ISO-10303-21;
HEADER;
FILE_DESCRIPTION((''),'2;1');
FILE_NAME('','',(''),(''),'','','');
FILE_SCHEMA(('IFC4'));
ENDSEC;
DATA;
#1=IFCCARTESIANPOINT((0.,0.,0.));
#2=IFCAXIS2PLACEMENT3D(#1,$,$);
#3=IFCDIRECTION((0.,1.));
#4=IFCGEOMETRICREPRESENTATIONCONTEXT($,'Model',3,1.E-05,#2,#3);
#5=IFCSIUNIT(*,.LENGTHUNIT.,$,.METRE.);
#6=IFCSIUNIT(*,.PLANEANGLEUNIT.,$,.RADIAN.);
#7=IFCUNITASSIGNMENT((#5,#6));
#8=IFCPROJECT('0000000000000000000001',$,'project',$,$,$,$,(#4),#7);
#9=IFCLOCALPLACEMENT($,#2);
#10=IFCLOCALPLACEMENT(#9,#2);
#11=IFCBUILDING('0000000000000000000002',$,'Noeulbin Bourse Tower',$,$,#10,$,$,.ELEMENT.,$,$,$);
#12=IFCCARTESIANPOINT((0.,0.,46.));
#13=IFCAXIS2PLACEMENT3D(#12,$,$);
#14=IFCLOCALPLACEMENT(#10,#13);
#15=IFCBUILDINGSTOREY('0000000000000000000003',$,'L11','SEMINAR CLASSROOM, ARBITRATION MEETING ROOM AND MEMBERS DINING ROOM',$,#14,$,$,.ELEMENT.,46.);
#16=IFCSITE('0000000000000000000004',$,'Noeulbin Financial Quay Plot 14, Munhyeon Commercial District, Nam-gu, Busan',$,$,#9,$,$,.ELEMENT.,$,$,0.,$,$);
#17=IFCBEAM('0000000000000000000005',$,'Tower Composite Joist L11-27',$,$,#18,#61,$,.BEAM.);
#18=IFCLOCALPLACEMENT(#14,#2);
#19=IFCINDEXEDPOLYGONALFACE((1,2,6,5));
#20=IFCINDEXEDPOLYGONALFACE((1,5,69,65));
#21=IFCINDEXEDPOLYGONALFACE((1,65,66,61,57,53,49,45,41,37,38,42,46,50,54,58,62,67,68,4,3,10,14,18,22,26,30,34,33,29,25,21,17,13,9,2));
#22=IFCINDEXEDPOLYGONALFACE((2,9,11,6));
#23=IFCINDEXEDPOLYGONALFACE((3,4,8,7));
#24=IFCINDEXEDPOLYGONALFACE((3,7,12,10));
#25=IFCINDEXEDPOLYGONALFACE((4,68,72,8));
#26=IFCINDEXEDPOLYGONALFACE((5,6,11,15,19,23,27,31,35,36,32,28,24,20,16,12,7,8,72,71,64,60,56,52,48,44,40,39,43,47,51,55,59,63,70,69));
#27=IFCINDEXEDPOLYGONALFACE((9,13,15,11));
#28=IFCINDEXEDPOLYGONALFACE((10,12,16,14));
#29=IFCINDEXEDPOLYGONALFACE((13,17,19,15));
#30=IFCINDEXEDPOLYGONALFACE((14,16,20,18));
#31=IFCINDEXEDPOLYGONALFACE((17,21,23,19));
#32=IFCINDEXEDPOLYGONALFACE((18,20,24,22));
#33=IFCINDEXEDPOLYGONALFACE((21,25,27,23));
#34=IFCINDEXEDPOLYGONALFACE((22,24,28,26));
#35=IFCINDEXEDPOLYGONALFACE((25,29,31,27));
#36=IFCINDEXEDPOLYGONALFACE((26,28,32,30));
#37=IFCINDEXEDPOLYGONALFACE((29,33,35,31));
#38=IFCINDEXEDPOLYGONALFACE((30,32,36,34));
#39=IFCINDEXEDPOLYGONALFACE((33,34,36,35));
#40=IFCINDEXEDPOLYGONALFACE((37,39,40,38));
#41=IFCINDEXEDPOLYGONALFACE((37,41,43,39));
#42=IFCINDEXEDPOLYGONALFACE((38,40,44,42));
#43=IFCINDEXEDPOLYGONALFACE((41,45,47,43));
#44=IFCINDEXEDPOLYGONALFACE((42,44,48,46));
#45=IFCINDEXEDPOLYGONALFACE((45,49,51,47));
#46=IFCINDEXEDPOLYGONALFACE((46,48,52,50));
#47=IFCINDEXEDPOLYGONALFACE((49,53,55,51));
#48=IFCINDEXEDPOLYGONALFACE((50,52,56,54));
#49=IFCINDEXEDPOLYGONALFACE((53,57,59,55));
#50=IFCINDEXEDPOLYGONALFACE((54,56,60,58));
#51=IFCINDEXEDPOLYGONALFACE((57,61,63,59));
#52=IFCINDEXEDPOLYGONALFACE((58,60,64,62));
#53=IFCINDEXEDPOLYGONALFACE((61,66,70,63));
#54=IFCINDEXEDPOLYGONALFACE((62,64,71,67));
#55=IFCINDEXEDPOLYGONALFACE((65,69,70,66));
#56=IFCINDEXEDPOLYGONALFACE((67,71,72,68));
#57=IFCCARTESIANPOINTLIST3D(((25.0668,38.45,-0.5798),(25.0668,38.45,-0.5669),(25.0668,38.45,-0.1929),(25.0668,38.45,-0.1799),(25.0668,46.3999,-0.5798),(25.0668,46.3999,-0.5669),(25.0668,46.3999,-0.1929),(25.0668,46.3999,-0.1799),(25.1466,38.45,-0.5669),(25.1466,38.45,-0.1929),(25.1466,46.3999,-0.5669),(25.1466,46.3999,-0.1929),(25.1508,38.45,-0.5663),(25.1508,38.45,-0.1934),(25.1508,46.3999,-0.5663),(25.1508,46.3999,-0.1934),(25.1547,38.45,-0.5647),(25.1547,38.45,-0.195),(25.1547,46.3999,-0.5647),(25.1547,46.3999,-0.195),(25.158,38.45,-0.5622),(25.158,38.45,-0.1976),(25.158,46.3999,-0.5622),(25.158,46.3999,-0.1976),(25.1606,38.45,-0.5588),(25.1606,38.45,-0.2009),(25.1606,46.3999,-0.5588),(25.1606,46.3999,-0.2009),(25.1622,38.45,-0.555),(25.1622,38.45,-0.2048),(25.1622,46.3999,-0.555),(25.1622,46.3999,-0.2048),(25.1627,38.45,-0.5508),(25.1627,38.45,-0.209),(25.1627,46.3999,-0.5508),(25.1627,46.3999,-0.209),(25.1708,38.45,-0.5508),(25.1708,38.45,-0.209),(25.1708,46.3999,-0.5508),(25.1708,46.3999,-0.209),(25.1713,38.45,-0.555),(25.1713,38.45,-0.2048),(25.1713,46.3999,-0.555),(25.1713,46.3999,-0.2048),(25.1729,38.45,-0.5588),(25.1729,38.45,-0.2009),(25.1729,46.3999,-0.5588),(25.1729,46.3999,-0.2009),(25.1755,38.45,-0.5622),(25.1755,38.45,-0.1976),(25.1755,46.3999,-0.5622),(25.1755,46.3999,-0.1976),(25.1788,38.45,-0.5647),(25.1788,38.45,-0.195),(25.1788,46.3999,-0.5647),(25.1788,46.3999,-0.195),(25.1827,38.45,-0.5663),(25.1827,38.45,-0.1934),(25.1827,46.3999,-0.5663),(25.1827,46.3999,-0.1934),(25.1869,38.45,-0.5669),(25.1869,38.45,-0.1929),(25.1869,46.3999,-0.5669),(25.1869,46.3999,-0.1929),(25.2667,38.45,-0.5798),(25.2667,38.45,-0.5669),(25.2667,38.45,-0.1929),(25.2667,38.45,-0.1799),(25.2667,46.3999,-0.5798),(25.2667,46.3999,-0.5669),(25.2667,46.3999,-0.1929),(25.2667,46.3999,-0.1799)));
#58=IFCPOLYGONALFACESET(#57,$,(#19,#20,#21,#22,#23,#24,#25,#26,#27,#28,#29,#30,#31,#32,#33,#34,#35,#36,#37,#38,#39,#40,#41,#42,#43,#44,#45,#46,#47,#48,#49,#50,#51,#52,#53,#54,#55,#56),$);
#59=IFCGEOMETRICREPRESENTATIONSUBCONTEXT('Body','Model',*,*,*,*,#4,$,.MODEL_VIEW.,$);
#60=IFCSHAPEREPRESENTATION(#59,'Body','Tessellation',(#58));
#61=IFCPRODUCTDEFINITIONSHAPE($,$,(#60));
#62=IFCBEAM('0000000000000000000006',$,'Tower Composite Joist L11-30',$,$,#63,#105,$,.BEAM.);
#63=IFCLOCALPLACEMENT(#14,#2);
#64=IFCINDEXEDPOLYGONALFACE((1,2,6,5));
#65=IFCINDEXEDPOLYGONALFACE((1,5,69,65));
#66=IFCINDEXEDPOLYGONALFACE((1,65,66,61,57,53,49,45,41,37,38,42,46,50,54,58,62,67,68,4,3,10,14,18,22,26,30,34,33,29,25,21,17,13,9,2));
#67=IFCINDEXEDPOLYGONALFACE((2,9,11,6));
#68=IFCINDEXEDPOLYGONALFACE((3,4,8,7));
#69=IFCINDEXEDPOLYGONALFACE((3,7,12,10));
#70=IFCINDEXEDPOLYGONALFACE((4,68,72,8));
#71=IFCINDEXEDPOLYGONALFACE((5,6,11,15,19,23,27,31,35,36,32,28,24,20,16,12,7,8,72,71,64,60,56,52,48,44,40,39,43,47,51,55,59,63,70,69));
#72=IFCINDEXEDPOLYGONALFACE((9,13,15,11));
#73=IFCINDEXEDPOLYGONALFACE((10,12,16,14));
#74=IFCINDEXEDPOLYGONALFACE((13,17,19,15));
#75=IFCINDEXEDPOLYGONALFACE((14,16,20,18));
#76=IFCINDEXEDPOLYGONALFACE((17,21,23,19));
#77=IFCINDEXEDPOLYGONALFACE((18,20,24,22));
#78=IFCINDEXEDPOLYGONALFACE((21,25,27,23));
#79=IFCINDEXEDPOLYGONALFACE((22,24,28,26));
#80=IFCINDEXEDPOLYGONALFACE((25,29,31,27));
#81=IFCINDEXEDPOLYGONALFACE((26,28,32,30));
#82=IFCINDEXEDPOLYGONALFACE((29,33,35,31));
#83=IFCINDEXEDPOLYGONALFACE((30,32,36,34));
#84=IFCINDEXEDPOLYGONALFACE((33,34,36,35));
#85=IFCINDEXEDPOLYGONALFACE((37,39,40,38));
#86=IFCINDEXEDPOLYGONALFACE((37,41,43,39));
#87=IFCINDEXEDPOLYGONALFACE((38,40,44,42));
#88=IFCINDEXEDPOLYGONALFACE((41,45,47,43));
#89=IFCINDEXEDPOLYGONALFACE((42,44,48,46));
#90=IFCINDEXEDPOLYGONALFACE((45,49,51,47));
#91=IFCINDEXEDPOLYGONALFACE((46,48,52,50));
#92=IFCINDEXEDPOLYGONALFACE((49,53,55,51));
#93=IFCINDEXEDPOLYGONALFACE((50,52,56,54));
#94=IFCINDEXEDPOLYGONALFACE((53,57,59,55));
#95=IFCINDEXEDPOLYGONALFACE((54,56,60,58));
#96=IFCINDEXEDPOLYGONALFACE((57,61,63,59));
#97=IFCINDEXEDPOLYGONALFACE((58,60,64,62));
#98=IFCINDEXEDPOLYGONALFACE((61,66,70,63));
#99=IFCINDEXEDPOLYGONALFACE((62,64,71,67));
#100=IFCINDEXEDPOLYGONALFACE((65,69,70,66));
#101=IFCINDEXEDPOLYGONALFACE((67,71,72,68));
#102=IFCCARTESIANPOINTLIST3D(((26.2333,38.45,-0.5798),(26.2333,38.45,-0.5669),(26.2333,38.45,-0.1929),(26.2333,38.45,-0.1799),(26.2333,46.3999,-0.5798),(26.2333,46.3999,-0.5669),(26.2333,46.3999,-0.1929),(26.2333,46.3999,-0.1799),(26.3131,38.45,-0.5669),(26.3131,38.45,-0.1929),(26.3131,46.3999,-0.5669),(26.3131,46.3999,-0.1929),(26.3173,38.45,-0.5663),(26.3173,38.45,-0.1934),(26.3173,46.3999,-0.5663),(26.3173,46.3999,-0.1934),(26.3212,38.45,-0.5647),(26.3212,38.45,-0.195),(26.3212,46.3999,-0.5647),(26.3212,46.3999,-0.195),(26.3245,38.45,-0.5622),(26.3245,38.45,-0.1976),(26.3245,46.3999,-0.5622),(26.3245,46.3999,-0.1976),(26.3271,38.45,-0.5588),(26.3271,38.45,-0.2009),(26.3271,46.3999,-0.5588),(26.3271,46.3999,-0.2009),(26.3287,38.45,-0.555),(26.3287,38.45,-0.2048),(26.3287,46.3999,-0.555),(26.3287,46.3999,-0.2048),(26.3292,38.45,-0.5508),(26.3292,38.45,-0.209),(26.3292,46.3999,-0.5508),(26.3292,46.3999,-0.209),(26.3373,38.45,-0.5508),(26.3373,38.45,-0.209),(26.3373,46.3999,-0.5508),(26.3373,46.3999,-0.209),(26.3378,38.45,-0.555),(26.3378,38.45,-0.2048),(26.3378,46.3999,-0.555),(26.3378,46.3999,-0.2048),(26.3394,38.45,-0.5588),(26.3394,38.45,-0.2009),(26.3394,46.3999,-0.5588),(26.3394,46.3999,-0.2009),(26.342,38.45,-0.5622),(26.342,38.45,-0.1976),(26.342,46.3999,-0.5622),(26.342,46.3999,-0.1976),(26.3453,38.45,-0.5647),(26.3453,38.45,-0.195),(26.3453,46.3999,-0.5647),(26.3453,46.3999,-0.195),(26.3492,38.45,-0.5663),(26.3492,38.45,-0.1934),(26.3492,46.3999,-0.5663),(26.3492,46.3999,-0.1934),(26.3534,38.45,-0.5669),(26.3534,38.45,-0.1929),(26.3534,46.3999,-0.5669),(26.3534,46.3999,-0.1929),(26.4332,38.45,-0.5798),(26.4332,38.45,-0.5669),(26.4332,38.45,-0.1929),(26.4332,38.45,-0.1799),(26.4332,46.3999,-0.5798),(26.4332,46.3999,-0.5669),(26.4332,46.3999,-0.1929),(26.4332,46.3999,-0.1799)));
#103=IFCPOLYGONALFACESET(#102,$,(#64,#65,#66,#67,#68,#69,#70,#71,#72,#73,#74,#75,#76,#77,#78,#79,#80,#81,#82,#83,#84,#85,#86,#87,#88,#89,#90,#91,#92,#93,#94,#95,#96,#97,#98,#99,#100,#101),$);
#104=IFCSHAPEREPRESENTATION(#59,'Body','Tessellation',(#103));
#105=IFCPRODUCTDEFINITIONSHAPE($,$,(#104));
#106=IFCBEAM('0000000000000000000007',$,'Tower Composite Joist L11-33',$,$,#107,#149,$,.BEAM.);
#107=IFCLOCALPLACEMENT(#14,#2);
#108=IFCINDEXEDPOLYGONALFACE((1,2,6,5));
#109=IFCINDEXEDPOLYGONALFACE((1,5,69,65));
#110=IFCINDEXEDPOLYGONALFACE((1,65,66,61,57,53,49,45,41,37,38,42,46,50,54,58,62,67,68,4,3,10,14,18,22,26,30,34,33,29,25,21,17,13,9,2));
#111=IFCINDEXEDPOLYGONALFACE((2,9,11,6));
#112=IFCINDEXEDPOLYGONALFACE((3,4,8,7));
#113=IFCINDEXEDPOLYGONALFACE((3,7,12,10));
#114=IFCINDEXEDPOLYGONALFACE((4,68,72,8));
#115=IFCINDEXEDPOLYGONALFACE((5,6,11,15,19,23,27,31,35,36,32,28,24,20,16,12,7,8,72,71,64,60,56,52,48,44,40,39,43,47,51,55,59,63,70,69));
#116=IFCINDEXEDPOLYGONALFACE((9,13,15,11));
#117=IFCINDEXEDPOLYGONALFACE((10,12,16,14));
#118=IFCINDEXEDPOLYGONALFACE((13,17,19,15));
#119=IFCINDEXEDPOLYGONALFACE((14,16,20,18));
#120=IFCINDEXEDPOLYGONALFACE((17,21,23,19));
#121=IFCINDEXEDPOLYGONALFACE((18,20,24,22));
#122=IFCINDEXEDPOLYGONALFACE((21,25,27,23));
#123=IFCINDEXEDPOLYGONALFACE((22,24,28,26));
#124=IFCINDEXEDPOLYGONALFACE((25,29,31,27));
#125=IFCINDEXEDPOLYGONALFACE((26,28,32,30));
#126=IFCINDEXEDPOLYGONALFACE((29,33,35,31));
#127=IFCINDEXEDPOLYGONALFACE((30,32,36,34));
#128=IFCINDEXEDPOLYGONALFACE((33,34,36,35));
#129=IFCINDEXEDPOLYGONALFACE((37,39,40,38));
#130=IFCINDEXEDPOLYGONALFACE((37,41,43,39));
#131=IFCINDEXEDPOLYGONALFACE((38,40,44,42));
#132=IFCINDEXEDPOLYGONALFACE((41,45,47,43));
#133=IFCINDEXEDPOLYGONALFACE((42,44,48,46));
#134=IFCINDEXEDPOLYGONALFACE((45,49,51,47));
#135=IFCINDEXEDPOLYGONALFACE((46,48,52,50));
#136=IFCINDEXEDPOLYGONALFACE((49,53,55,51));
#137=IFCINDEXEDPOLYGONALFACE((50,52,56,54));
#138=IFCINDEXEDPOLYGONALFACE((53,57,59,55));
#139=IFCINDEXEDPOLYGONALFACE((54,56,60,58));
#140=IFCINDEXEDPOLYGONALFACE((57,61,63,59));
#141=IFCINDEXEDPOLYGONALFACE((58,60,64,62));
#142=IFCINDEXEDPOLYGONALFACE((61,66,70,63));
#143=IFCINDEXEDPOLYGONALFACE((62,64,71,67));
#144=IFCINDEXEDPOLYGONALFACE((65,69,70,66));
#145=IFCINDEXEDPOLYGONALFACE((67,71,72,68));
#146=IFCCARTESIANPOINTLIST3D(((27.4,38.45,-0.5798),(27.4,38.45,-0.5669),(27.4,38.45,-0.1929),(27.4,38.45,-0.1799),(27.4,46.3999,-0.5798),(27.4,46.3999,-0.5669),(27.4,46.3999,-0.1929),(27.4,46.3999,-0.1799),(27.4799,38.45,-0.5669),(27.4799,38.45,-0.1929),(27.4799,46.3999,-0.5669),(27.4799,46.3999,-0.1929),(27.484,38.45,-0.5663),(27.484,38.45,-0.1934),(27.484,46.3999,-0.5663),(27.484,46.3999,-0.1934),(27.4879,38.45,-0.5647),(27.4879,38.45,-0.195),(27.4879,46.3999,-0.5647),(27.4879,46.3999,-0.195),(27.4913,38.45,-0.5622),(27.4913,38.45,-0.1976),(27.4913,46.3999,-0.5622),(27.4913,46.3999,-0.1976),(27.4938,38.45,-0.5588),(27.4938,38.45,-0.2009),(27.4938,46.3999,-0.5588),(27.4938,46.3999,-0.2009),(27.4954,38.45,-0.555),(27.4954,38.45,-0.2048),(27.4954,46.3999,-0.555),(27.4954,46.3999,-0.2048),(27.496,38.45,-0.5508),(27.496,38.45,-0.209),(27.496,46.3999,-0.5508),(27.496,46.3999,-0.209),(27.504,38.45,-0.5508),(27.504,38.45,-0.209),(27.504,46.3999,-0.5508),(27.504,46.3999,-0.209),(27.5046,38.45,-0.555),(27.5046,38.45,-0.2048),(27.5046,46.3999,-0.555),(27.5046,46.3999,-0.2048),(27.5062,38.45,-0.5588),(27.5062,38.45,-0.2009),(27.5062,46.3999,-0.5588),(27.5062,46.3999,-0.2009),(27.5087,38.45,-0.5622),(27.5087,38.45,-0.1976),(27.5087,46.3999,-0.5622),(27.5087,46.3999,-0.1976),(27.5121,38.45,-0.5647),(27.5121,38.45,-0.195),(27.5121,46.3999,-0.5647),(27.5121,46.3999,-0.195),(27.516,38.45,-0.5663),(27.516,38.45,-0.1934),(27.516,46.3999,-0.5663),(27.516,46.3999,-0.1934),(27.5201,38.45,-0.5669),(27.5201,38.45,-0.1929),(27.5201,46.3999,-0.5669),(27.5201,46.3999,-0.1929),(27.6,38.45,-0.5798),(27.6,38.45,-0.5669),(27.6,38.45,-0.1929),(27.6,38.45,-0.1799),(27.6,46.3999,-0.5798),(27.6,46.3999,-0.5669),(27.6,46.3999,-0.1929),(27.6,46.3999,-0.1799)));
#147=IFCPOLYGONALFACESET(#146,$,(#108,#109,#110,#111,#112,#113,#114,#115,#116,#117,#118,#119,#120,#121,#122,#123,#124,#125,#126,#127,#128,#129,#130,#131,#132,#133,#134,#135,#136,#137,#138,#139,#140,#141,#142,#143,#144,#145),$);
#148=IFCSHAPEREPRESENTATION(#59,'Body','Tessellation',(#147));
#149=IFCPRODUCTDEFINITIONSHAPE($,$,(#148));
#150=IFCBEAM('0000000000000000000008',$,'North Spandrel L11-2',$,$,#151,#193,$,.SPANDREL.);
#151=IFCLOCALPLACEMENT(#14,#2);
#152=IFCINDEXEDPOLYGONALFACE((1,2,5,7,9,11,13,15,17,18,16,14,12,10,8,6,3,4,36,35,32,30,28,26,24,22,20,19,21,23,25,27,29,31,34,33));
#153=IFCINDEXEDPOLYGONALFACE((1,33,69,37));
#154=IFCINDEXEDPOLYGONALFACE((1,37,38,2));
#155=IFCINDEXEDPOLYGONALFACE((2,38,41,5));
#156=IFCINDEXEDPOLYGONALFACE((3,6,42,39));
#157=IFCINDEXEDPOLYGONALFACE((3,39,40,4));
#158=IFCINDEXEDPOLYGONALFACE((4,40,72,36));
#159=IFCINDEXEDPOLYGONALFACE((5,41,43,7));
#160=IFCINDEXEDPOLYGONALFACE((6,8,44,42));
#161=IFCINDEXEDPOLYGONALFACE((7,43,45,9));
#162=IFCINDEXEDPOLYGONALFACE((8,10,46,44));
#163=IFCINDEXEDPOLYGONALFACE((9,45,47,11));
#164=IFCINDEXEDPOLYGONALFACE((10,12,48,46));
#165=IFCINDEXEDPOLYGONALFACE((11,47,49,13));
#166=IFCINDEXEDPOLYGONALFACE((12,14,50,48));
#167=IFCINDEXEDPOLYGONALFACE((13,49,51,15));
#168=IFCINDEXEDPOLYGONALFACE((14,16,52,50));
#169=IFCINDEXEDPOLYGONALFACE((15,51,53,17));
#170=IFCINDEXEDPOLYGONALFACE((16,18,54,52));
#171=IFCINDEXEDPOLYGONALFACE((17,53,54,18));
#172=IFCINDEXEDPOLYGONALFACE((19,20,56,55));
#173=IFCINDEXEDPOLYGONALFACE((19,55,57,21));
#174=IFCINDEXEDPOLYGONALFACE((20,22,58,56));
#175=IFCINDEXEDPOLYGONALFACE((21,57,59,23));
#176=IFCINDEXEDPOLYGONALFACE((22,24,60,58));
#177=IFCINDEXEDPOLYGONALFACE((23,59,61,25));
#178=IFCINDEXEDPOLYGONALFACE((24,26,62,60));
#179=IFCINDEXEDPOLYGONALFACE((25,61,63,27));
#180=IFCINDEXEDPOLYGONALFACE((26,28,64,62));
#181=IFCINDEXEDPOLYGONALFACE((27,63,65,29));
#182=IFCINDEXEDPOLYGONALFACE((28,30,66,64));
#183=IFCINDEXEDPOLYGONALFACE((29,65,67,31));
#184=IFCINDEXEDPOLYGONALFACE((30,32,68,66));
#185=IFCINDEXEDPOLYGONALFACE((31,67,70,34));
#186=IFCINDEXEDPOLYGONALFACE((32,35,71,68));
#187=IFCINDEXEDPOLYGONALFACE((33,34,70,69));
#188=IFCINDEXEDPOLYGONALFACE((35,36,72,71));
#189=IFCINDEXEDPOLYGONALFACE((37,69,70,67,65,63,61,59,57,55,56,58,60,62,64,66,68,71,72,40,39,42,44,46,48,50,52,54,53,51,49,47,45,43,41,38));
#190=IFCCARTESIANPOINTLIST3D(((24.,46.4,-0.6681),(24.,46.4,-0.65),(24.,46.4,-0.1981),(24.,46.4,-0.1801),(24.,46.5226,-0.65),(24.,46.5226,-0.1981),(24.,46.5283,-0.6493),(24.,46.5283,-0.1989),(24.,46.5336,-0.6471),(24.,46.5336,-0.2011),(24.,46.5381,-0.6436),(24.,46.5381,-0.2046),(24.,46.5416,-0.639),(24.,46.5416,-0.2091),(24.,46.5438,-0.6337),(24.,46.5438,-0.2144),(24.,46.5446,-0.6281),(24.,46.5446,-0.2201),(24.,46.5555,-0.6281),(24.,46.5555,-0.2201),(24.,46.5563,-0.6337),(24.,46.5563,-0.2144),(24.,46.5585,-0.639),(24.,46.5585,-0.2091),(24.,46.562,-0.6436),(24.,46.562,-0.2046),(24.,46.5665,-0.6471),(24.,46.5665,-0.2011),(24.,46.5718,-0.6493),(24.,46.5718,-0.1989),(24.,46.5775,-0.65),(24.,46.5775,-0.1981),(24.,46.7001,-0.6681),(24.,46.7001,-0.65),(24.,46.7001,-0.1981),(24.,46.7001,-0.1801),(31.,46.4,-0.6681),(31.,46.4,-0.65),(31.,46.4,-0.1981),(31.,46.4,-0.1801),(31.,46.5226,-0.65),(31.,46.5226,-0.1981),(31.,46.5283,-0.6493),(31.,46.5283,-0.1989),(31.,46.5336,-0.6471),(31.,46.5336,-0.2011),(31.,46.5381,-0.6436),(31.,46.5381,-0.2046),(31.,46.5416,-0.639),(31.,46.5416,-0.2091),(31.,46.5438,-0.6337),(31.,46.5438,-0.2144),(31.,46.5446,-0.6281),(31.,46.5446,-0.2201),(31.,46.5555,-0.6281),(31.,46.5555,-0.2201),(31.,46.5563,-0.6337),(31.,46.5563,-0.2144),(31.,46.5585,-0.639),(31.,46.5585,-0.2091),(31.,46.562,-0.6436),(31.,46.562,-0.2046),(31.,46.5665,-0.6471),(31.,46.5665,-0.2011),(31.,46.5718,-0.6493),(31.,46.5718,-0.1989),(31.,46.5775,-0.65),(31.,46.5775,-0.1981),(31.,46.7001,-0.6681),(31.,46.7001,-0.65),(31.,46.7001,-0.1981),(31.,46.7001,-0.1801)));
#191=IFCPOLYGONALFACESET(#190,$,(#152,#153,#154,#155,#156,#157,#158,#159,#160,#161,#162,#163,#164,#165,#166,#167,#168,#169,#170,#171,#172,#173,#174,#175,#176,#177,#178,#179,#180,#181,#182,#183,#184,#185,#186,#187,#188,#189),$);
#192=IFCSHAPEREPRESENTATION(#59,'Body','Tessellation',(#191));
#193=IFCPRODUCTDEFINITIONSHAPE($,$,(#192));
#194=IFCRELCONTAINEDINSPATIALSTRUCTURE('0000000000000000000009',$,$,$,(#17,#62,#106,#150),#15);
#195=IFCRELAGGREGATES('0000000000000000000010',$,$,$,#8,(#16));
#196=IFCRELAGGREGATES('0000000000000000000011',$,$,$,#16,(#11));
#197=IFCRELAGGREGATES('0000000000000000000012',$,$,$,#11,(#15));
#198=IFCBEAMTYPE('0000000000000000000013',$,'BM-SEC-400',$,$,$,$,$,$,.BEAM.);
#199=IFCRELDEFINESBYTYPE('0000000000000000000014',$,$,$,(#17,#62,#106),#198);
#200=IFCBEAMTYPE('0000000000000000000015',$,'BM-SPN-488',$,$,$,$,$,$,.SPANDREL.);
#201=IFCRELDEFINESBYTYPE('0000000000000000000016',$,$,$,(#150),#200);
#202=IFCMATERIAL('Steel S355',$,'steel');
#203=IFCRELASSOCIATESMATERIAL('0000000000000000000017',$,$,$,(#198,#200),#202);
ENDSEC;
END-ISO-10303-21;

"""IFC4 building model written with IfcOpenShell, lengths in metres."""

from ifc_helpers import new_model, si_unit, direction, frame, origin, origin_2d, place, context, subcontext, project, spatial, i_section, extrude, material, material_profile, profile_set, type_object, element, save


model = new_model("IFC4")

# Units and contexts
model_context = context("Model", 3, precision=1e-05, world=origin(), true_north=direction((0.0, 1.0)))
body_context = subcontext(model_context, "Body", "Model", "MODEL_VIEW")
ifc_project = project(units=[si_unit("LENGTHUNIT", "METRE"), si_unit("PLANEANGLEUNIT", "RADIAN")], contexts=[model_context])

# Site, building, storey
site_placement = place(None, origin())
site = spatial("IfcSite", under=ifc_project, at=site_placement, Name="Noeulbin Financial Quay Plot 14, Munhyeon Commercial District, Nam-gu, Busan", CompositionType="ELEMENT", RefElevation=0.0)
building_placement = place(site_placement, origin())
building = spatial("IfcBuilding", under=site, at=building_placement, Name="Noeulbin Bourse Tower", CompositionType="ELEMENT")
storey_placement = place(building_placement, frame((0.0, 0.0, 46.0)))
storey = spatial("IfcBuildingStorey", under=building, at=storey_placement, Name="L11", Description="SEMINAR CLASSROOM, ARBITRATION MEETING ROOM AND MEMBERS DINING ROOM", CompositionType="ELEMENT", Elevation=46.0)

# Beams
ifc_material_1 = material(Name="Steel S355", Category="steel")
ifc_material_profile_1 = material_profile(ifc_material_1, i_section(OverallWidth=0.2, OverallDepth=0.3999, WebThickness=0.0081, FlangeThickness=0.0129, FilletRadius=0.0161, at=origin_2d()), Name="H-400x200x8x13", Category="LoadBearing")
ifc_profile_set_1 = profile_set([ifc_material_profile_1], Name="Steel S355")
beam_type_1 = type_object("IfcBeamType", Name="BM-SEC-400", PredefinedType="BEAM", material=ifc_profile_set_1)
for number, where, z_axis, x_axis, name in (
    (1, (25.1667, 38.45, -0.3799), (0.0, 1.0, 0.0), (-1.0, 0.0, 0.0), "Tower Composite Joist L11-27"),
    (2, (26.3333, 38.45, -0.3799), (0.0, 1.0, 0.0), (-1.0, 0.0, 0.0), "Tower Composite Joist L11-30"),
    (3, (27.5, 38.45, -0.3799), (0.0, 1.0, 0.0), (-1.0, 0.0, 0.0), "Tower Composite Joist L11-33"),
):
    element("IfcBeam", number, at=place(storey_placement, frame(where, z_axis=z_axis, x_axis=x_axis)), inside=storey, type_object=beam_type_1, Name=name, PredefinedType="BEAM", context=body_context, shape_type="SweptSolid", body=[
        extrude(i_section(OverallWidth=0.2, OverallDepth=0.3999, WebThickness=0.0081, FlangeThickness=0.0129, FilletRadius=0.0161, at=origin_2d()), origin(), (0.0, 0.0, 1.0), 7.95),
    ])
ifc_material_profile_2 = material_profile(ifc_material_1, i_section(OverallWidth=0.3, OverallDepth=0.488, WebThickness=0.011, FlangeThickness=0.0181, FilletRadius=0.022, at=origin_2d()), Name="H-488x300x11x18", Category="LoadBearing")
ifc_profile_set_2 = profile_set([ifc_material_profile_2], Name="Steel S355")
beam_type_2 = type_object("IfcBeamType", Name="BM-SPN-488", PredefinedType="SPANDREL", material=ifc_profile_set_2)
beam_1_placement = place(storey_placement, frame((24.0, 46.55, -0.4241), z_axis=(1.0, 0.0, 0.0), x_axis=(0.0, 1.0, 0.0)))
element("IfcBeam", 4, at=beam_1_placement, inside=storey, type_object=beam_type_2, Name="North Spandrel L11-2", PredefinedType="SPANDREL", context=body_context, shape_type="SweptSolid", body=[
    extrude(i_section(OverallWidth=0.3, OverallDepth=0.488, WebThickness=0.011, FlangeThickness=0.0181, FilletRadius=0.022, at=origin_2d()), origin(), (0.0, 0.0, 1.0), 7.0),
])

save(model, "model.ifc")
